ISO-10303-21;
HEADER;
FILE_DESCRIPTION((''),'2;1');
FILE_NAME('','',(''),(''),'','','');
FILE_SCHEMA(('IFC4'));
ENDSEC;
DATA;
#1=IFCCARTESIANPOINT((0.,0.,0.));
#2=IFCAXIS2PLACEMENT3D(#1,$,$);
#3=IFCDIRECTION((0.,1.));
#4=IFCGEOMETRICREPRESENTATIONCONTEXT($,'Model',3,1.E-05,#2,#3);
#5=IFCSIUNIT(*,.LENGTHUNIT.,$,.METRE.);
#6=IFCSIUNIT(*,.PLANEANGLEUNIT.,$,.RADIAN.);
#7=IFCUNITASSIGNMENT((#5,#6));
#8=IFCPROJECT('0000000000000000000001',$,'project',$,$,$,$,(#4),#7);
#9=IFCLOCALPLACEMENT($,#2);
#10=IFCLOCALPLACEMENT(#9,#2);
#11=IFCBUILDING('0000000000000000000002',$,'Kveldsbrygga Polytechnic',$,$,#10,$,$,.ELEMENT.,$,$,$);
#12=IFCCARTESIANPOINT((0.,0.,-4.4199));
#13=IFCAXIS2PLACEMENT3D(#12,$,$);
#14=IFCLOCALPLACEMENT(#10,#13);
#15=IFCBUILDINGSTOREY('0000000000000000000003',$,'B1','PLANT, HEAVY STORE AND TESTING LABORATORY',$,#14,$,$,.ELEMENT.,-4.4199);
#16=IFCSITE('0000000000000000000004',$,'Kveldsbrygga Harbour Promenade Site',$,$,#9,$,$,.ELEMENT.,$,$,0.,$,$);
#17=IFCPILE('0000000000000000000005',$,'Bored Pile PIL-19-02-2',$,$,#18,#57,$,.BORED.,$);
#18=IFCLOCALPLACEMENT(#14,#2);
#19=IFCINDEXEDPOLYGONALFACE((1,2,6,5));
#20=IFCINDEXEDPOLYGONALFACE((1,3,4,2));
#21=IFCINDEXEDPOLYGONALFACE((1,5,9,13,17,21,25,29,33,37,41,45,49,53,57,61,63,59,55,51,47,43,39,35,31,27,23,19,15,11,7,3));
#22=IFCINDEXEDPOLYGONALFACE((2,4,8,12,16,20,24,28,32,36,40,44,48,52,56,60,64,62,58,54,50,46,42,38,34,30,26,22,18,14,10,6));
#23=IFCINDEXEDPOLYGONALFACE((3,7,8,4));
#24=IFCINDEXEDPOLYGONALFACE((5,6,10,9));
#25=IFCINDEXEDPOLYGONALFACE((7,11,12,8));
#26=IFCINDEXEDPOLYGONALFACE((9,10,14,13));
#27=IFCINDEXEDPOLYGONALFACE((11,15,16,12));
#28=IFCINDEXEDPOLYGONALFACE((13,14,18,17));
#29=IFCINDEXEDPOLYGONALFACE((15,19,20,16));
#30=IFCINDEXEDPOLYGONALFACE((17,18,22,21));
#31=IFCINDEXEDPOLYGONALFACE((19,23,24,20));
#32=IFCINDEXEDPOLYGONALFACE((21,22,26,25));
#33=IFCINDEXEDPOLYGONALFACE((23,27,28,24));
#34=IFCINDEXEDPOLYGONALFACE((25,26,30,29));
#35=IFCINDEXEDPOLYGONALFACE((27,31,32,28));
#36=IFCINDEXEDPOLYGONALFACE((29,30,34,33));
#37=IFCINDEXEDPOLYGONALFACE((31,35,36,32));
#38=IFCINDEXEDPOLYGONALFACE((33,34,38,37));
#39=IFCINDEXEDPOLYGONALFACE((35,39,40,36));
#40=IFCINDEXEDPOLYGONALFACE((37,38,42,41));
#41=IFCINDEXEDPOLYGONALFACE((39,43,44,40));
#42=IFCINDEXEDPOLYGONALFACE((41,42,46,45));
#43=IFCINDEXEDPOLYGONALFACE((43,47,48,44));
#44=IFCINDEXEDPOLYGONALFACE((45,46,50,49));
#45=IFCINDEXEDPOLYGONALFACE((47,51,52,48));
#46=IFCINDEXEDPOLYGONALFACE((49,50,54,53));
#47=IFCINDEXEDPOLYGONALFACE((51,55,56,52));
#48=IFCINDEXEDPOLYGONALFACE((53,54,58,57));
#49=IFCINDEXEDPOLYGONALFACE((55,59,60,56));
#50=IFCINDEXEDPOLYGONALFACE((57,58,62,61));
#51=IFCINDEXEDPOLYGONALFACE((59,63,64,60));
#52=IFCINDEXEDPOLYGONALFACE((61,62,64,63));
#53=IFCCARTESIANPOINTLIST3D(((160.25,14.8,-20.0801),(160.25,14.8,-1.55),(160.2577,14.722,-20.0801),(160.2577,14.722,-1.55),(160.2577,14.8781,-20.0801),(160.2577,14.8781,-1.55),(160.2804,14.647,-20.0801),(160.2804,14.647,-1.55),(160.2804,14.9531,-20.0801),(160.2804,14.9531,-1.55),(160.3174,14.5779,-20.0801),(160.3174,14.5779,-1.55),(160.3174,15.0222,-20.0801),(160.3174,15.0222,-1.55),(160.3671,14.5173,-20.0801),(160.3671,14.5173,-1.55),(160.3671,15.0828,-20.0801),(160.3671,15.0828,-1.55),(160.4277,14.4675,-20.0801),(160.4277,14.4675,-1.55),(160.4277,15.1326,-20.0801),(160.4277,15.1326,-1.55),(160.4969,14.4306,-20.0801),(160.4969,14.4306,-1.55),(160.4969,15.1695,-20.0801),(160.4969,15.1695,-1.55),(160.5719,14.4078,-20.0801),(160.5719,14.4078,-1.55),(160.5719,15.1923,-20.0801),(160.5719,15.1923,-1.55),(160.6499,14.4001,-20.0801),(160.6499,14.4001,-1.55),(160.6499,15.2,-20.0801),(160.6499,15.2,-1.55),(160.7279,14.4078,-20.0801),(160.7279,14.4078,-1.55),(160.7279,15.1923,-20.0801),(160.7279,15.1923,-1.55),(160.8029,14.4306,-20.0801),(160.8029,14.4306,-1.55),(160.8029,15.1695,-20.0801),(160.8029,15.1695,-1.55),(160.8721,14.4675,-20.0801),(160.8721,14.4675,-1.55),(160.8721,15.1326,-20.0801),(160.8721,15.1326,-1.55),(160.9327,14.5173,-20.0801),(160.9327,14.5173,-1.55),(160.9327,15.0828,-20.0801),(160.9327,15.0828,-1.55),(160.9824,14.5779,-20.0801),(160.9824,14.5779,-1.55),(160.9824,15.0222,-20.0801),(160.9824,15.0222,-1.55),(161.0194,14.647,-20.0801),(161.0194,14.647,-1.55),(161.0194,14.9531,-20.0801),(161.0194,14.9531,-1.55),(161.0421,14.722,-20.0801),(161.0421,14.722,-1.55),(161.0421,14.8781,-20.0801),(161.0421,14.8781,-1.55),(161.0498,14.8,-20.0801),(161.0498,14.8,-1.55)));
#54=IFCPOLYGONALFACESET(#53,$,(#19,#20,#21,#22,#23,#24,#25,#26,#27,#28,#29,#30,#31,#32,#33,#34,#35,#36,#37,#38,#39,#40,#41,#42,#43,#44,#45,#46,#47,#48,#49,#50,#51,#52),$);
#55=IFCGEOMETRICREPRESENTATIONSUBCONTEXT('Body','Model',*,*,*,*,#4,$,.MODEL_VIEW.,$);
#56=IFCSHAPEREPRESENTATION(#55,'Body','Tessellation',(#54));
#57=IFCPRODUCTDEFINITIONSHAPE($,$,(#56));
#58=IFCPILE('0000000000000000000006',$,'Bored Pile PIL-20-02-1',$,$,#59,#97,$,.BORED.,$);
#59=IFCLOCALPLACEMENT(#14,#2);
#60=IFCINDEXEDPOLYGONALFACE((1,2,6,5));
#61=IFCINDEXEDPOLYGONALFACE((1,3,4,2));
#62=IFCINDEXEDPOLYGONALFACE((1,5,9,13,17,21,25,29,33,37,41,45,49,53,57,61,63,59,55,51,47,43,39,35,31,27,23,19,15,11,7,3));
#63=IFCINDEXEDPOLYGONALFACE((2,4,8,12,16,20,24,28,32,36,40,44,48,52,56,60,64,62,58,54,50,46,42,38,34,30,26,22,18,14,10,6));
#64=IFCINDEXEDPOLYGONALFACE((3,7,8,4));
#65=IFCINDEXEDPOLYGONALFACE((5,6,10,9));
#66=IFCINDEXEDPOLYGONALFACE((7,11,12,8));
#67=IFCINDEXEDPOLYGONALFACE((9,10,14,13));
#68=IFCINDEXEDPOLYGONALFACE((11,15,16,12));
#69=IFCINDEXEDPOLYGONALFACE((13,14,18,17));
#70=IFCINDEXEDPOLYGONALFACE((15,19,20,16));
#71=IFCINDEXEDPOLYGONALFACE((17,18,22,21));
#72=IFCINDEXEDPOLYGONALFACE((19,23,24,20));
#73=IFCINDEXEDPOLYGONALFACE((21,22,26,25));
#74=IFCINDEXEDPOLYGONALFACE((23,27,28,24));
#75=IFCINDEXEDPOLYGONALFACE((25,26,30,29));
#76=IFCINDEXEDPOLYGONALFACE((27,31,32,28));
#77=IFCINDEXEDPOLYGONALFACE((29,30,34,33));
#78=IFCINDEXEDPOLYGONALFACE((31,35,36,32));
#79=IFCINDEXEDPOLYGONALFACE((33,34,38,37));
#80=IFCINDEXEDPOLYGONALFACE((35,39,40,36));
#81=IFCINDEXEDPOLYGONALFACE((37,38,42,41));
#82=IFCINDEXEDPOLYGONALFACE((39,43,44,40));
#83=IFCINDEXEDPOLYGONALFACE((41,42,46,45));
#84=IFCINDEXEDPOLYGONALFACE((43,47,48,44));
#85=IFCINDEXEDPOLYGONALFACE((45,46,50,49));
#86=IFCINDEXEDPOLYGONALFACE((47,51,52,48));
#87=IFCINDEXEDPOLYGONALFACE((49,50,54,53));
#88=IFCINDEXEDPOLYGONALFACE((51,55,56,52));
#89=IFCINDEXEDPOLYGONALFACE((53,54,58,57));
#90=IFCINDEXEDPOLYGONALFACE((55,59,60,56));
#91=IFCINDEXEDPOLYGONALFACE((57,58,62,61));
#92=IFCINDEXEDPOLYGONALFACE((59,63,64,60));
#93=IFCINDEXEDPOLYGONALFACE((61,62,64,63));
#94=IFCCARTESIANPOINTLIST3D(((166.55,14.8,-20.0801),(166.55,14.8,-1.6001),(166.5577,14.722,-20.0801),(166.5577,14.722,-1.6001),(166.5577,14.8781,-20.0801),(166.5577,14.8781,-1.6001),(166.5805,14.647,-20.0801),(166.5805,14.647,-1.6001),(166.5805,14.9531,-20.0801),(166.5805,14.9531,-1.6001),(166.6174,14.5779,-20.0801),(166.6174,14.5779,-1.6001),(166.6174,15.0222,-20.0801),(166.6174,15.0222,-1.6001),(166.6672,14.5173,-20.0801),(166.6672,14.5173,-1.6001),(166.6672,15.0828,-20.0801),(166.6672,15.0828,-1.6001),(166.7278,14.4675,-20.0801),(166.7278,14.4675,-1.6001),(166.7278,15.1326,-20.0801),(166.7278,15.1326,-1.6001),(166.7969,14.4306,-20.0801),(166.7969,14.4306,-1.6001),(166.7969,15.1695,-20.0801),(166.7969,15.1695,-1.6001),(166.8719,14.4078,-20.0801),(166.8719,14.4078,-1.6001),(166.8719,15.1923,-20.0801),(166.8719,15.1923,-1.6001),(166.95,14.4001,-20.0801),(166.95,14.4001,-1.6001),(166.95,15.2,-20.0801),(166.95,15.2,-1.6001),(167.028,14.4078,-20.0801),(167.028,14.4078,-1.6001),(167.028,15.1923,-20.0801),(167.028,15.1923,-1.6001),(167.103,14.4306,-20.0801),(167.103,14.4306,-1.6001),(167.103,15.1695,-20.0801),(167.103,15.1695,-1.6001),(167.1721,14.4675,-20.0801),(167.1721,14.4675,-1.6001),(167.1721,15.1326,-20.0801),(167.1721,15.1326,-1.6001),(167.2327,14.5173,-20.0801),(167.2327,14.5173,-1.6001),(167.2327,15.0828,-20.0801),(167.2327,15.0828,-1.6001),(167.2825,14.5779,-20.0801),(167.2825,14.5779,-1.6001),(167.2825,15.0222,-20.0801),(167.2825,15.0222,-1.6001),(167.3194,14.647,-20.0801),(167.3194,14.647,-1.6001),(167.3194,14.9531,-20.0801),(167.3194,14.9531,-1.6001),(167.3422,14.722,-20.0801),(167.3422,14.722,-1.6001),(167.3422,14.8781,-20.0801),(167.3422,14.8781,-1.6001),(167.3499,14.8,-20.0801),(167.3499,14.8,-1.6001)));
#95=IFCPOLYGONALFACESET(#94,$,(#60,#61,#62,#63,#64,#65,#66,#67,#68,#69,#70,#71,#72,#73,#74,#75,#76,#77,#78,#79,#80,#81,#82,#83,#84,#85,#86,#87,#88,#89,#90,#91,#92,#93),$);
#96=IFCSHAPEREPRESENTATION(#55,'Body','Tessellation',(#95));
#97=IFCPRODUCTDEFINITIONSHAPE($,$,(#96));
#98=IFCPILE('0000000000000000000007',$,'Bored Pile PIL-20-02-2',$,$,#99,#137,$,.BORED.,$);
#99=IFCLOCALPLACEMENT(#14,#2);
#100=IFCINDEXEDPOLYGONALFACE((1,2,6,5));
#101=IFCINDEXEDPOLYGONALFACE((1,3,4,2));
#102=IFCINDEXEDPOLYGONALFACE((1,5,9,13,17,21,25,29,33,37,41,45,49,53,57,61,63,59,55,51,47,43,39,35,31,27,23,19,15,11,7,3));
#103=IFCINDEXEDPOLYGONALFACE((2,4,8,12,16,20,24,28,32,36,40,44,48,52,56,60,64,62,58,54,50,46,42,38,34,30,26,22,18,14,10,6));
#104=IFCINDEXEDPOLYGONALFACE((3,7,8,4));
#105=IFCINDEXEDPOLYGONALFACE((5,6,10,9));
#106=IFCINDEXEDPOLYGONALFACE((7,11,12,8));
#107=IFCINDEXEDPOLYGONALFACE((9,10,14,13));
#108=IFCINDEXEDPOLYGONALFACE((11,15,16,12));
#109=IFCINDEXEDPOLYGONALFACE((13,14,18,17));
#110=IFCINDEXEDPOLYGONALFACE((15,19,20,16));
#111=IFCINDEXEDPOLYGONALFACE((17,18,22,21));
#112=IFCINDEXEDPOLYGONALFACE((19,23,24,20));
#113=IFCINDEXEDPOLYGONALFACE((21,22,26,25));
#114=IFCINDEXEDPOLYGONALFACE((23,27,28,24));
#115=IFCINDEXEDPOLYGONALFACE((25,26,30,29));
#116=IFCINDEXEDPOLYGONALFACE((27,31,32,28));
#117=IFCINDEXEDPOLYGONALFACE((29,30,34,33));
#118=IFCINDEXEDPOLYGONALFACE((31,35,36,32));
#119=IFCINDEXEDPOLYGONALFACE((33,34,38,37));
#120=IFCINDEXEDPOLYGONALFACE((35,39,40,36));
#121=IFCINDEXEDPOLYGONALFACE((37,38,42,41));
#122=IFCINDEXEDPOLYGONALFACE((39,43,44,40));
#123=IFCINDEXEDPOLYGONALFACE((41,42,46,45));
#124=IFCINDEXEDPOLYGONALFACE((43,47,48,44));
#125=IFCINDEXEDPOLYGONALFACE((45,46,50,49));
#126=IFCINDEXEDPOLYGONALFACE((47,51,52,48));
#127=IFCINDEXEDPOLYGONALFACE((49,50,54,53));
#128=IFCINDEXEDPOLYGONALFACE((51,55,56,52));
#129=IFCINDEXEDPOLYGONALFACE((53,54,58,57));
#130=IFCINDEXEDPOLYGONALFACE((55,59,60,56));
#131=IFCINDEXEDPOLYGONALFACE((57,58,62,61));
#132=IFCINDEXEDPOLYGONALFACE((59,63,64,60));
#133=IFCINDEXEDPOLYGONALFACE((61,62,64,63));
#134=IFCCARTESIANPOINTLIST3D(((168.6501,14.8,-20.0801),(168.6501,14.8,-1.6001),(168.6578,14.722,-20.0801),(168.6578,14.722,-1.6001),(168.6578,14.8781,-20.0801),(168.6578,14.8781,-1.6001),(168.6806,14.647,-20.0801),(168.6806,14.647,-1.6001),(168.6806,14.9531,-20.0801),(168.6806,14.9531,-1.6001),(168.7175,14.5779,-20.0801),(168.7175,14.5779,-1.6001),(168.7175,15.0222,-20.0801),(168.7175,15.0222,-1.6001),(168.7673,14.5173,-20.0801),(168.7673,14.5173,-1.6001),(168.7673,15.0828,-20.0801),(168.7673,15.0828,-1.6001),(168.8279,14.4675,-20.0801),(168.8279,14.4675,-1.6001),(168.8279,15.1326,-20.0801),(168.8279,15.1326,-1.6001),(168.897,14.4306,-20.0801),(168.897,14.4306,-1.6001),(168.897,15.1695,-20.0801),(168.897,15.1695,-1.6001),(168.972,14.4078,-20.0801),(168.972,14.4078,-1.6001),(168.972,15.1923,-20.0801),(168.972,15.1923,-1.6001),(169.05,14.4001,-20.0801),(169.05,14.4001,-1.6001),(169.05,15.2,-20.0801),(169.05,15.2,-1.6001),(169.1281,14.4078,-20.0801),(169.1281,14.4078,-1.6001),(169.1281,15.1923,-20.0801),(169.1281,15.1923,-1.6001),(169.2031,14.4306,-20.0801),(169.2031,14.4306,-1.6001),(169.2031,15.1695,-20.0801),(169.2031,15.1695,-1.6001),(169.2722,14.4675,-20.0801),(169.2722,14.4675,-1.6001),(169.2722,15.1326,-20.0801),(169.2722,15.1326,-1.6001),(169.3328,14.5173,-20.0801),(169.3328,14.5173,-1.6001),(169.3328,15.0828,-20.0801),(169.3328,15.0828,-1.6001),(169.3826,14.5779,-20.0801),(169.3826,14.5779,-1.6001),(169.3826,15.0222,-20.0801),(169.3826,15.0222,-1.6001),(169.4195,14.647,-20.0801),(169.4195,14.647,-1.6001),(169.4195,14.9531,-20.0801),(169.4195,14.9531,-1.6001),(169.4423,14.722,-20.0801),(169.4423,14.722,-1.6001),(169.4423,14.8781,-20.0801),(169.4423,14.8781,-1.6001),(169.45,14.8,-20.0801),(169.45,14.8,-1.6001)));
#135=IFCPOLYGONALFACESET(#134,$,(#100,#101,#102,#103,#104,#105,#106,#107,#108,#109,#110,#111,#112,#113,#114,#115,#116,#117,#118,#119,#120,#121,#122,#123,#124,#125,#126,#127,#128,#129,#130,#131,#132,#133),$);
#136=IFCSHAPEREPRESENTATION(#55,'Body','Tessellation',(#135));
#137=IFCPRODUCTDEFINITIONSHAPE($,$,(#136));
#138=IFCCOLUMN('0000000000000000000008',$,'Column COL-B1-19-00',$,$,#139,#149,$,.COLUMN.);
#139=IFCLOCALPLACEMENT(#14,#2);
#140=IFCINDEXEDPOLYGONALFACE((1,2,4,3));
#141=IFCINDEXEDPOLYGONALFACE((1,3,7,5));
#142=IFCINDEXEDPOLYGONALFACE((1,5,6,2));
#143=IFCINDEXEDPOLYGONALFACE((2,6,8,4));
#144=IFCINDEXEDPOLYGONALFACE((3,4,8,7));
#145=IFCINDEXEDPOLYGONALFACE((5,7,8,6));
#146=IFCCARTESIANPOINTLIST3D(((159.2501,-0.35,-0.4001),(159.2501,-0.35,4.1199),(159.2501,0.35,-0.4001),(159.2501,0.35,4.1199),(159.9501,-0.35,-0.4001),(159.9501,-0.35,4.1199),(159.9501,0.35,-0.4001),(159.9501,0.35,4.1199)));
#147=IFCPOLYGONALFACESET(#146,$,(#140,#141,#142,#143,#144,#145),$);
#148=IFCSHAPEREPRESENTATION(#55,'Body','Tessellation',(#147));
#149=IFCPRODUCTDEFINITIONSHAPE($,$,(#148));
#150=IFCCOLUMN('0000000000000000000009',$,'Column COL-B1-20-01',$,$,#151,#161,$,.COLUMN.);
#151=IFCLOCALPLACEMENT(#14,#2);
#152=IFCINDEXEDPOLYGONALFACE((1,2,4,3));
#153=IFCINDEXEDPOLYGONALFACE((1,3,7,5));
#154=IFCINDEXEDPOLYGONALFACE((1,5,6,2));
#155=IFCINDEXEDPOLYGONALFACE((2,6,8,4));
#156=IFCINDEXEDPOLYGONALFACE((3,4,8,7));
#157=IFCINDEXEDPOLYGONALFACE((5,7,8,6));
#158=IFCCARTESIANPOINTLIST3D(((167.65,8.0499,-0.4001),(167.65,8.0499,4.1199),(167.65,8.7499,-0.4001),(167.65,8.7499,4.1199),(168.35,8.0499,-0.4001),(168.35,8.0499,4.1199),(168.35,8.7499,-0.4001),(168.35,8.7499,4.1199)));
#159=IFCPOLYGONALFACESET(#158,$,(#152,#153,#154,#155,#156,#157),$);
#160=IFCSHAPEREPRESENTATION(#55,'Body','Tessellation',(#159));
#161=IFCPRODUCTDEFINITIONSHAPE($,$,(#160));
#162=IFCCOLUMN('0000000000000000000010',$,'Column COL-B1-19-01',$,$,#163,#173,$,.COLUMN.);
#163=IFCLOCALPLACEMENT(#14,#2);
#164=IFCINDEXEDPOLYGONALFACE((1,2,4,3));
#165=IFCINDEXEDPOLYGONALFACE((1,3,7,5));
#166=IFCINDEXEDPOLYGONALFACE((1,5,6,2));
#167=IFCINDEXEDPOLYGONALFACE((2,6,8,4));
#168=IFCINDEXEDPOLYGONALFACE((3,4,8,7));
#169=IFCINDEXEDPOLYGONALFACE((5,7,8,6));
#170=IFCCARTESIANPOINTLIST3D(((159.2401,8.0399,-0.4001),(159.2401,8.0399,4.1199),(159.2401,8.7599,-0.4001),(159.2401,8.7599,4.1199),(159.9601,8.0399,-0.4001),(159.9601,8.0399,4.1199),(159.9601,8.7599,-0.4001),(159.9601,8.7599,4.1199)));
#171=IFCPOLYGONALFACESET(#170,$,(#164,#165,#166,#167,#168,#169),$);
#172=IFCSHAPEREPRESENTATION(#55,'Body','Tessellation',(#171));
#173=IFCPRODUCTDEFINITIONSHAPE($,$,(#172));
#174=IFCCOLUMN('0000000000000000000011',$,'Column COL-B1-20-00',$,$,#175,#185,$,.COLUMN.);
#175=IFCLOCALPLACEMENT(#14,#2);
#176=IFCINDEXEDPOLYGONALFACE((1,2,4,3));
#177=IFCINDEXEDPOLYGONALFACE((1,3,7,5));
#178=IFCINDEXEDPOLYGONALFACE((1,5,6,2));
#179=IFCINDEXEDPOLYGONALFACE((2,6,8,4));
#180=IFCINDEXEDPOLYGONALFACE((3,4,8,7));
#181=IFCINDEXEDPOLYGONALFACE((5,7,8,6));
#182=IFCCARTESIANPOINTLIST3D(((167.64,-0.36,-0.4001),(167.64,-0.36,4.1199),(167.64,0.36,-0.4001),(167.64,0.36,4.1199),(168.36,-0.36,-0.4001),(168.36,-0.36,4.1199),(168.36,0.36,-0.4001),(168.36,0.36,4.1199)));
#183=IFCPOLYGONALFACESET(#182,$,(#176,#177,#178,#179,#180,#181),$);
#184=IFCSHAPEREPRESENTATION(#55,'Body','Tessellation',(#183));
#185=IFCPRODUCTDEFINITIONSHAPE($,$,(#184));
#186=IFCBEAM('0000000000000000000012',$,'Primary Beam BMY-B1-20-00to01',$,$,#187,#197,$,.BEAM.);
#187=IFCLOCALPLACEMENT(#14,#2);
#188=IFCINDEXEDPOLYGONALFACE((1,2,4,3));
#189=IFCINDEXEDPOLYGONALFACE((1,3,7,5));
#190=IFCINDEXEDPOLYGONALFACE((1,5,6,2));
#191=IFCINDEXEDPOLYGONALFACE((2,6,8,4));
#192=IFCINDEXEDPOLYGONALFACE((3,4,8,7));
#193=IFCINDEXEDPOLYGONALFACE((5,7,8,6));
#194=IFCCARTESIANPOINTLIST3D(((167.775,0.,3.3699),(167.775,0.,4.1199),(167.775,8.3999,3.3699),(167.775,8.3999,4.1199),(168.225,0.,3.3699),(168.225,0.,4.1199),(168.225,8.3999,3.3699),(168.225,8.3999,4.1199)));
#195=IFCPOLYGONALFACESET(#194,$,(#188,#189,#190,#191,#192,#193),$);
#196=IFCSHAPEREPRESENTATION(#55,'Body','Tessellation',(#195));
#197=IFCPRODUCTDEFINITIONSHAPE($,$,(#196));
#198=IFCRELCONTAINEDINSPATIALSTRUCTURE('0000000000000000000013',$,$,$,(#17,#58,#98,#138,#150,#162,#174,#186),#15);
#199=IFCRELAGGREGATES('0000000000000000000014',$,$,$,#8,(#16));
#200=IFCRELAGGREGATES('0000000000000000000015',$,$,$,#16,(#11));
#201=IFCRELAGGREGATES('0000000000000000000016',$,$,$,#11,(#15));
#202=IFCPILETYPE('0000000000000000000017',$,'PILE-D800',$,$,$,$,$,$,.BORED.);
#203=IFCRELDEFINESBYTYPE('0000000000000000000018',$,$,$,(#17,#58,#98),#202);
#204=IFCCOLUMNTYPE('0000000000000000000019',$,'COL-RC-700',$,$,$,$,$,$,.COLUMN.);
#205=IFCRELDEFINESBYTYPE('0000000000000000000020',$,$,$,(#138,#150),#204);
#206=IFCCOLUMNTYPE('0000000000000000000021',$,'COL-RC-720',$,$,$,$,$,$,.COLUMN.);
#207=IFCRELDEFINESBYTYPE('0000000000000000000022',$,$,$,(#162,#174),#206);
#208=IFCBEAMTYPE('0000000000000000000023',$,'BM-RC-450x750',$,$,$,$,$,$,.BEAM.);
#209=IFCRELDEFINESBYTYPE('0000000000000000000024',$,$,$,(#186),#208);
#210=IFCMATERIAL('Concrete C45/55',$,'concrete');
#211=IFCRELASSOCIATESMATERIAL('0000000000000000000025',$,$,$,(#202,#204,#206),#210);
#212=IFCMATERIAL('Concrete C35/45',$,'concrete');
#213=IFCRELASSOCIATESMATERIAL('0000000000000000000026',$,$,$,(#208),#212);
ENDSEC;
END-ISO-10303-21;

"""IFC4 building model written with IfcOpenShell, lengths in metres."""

from ifc_helpers import new_model, si_unit, direction, frame, origin, origin_2d, place, context, subcontext, project, spatial, rectangle, circle, extrude, material, material_profile, profile_set, type_object, element, save


model = new_model("IFC4")

# Units and contexts
model_context = context("Model", 3, precision=1e-05, world=origin(), true_north=direction((0.0, 1.0)))
body_context = subcontext(model_context, "Body", "Model", "MODEL_VIEW")
ifc_project = project(units=[si_unit("LENGTHUNIT", "METRE"), si_unit("PLANEANGLEUNIT", "RADIAN")], contexts=[model_context])

# Site, building, storey
site_placement = place(None, origin())
site = spatial("IfcSite", under=ifc_project, at=site_placement, Name="Kveldsbrygga Harbour Promenade Site", CompositionType="ELEMENT", RefElevation=0.0)
building_placement = place(site_placement, origin())
building = spatial("IfcBuilding", under=site, at=building_placement, Name="Kveldsbrygga Polytechnic", CompositionType="ELEMENT")
storey_placement = place(building_placement, frame((0.0, 0.0, -4.4199)))
storey = spatial("IfcBuildingStorey", under=building, at=storey_placement, Name="B1", Description="PLANT, HEAVY STORE AND TESTING LABORATORY", CompositionType="ELEMENT", Elevation=-4.4199)

# Shared definitions
ifc_material_1 = material(Name="Concrete C45/55", Category="concrete")

# Piles
ifc_material_profile_1 = material_profile(ifc_material_1, circle(Radius=0.3999, at=origin_2d()), Name="PILE D800")
ifc_profile_set_1 = profile_set([ifc_material_profile_1], Name="Concrete C45/55")
pile_type_1 = type_object("IfcPileType", Name="PILE-D800", PredefinedType="BORED", material=ifc_profile_set_1)
pile_placement = place(storey_placement, frame((160.6499, 14.8, -1.55), z_axis=(0.0, 0.0, -1.0), x_axis=(1.0, 0.0, 0.0)))
element("IfcPile", 1, at=pile_placement, inside=storey, type_object=pile_type_1, Name="Bored Pile PIL-19-02-2", PredefinedType="BORED", context=body_context, shape_type="SweptSolid", body=[
    extrude(circle(Radius=0.3999, at=origin_2d()), origin(), (0.0, 0.0, 1.0), 18.53),
])
for number, where, z_axis, x_axis, name in (
    (2, (166.95, 14.8, -1.6001), (0.0, 0.0, -1.0), (1.0, 0.0, 0.0), "Bored Pile PIL-20-02-1"),
    (3, (169.05, 14.8, -1.6001), (0.0, 0.0, -1.0), (1.0, 0.0, 0.0), "Bored Pile PIL-20-02-2"),
):
    element("IfcPile", number, at=place(storey_placement, frame(where, z_axis=z_axis, x_axis=x_axis)), inside=storey, type_object=pile_type_1, Name=name, PredefinedType="BORED", context=body_context, shape_type="SweptSolid", body=[
        extrude(circle(Radius=0.3999, at=origin_2d()), origin(), (0.0, 0.0, 1.0), 18.48),
    ])

# Columns
ifc_material_profile_2 = material_profile(ifc_material_1, rectangle(XDim=0.7, YDim=0.7, at=origin_2d()), Name="RC 700x700")
ifc_profile_set_2 = profile_set([ifc_material_profile_2], Name="Concrete C45/55")
column_type_1 = type_object("IfcColumnType", Name="COL-RC-700", PredefinedType="COLUMN", material=ifc_profile_set_2)
for number, where, z_axis, x_axis, name in (
    (4, (159.6001, 0.0, -0.4001), (0.0, 0.0, 1.0), (1.0, 0.0, 0.0), "Column COL-B1-19-00"),
    (5, (168.0, 8.3999, -0.4001), (0.0, 0.0, 1.0), (1.0, 0.0, 0.0), "Column COL-B1-20-01"),
):
    element("IfcColumn", number, at=place(storey_placement, frame(where, z_axis=z_axis, x_axis=x_axis)), inside=storey, type_object=column_type_1, Name=name, PredefinedType="COLUMN", context=body_context, shape_type="SweptSolid", body=[
        extrude(rectangle(XDim=0.7, YDim=0.7, at=origin_2d()), origin(), (0.0, 0.0, 1.0), 4.52),
    ])
ifc_material_profile_3 = material_profile(ifc_material_1, rectangle(XDim=0.72, YDim=0.72, at=origin_2d()), Name="RC 720x720")
ifc_profile_set_3 = profile_set([ifc_material_profile_3], Name="Concrete C45/55")
column_type_2 = type_object("IfcColumnType", Name="COL-RC-720", PredefinedType="COLUMN", material=ifc_profile_set_3)
for number, where, z_axis, x_axis, name in (
    (6, (159.6001, 8.3999, -0.4001), (0.0, 0.0, 1.0), (1.0, 0.0, 0.0), "Column COL-B1-19-01"),
    (7, (168.0, 0.0, -0.4001), (0.0, 0.0, 1.0), (1.0, 0.0, 0.0), "Column COL-B1-20-00"),
):
    element("IfcColumn", number, at=place(storey_placement, frame(where, z_axis=z_axis, x_axis=x_axis)), inside=storey, type_object=column_type_2, Name=name, PredefinedType="COLUMN", context=body_context, shape_type="SweptSolid", body=[
        extrude(rectangle(XDim=0.72, YDim=0.72, at=origin_2d()), origin(), (0.0, 0.0, 1.0), 4.52),
    ])

# Beam
ifc_material_2 = material(Name="Concrete C35/45", Category="concrete")
ifc_material_profile_4 = material_profile(ifc_material_2, rectangle(XDim=0.45, YDim=0.75, at=origin_2d()), Name="RC 450x750")
ifc_profile_set_4 = profile_set([ifc_material_profile_4], Name="Concrete C35/45")
beam_type_1 = type_object("IfcBeamType", Name="BM-RC-450x750", PredefinedType="BEAM", material=ifc_profile_set_4)
beam_1_placement = place(storey_placement, frame((168.0, 0.0, 3.7449), z_axis=(0.0, 1.0, 0.0), x_axis=(-1.0, 0.0, 0.0)))
element("IfcBeam", 8, at=beam_1_placement, inside=storey, type_object=beam_type_1, Name="Primary Beam BMY-B1-20-00to01", PredefinedType="BEAM", context=body_context, shape_type="SweptSolid", body=[
    extrude(rectangle(XDim=0.45, YDim=0.75, at=origin_2d()), origin(), (0.0, 0.0, 1.0), 8.3999),
])

save(model, "model.ifc")
